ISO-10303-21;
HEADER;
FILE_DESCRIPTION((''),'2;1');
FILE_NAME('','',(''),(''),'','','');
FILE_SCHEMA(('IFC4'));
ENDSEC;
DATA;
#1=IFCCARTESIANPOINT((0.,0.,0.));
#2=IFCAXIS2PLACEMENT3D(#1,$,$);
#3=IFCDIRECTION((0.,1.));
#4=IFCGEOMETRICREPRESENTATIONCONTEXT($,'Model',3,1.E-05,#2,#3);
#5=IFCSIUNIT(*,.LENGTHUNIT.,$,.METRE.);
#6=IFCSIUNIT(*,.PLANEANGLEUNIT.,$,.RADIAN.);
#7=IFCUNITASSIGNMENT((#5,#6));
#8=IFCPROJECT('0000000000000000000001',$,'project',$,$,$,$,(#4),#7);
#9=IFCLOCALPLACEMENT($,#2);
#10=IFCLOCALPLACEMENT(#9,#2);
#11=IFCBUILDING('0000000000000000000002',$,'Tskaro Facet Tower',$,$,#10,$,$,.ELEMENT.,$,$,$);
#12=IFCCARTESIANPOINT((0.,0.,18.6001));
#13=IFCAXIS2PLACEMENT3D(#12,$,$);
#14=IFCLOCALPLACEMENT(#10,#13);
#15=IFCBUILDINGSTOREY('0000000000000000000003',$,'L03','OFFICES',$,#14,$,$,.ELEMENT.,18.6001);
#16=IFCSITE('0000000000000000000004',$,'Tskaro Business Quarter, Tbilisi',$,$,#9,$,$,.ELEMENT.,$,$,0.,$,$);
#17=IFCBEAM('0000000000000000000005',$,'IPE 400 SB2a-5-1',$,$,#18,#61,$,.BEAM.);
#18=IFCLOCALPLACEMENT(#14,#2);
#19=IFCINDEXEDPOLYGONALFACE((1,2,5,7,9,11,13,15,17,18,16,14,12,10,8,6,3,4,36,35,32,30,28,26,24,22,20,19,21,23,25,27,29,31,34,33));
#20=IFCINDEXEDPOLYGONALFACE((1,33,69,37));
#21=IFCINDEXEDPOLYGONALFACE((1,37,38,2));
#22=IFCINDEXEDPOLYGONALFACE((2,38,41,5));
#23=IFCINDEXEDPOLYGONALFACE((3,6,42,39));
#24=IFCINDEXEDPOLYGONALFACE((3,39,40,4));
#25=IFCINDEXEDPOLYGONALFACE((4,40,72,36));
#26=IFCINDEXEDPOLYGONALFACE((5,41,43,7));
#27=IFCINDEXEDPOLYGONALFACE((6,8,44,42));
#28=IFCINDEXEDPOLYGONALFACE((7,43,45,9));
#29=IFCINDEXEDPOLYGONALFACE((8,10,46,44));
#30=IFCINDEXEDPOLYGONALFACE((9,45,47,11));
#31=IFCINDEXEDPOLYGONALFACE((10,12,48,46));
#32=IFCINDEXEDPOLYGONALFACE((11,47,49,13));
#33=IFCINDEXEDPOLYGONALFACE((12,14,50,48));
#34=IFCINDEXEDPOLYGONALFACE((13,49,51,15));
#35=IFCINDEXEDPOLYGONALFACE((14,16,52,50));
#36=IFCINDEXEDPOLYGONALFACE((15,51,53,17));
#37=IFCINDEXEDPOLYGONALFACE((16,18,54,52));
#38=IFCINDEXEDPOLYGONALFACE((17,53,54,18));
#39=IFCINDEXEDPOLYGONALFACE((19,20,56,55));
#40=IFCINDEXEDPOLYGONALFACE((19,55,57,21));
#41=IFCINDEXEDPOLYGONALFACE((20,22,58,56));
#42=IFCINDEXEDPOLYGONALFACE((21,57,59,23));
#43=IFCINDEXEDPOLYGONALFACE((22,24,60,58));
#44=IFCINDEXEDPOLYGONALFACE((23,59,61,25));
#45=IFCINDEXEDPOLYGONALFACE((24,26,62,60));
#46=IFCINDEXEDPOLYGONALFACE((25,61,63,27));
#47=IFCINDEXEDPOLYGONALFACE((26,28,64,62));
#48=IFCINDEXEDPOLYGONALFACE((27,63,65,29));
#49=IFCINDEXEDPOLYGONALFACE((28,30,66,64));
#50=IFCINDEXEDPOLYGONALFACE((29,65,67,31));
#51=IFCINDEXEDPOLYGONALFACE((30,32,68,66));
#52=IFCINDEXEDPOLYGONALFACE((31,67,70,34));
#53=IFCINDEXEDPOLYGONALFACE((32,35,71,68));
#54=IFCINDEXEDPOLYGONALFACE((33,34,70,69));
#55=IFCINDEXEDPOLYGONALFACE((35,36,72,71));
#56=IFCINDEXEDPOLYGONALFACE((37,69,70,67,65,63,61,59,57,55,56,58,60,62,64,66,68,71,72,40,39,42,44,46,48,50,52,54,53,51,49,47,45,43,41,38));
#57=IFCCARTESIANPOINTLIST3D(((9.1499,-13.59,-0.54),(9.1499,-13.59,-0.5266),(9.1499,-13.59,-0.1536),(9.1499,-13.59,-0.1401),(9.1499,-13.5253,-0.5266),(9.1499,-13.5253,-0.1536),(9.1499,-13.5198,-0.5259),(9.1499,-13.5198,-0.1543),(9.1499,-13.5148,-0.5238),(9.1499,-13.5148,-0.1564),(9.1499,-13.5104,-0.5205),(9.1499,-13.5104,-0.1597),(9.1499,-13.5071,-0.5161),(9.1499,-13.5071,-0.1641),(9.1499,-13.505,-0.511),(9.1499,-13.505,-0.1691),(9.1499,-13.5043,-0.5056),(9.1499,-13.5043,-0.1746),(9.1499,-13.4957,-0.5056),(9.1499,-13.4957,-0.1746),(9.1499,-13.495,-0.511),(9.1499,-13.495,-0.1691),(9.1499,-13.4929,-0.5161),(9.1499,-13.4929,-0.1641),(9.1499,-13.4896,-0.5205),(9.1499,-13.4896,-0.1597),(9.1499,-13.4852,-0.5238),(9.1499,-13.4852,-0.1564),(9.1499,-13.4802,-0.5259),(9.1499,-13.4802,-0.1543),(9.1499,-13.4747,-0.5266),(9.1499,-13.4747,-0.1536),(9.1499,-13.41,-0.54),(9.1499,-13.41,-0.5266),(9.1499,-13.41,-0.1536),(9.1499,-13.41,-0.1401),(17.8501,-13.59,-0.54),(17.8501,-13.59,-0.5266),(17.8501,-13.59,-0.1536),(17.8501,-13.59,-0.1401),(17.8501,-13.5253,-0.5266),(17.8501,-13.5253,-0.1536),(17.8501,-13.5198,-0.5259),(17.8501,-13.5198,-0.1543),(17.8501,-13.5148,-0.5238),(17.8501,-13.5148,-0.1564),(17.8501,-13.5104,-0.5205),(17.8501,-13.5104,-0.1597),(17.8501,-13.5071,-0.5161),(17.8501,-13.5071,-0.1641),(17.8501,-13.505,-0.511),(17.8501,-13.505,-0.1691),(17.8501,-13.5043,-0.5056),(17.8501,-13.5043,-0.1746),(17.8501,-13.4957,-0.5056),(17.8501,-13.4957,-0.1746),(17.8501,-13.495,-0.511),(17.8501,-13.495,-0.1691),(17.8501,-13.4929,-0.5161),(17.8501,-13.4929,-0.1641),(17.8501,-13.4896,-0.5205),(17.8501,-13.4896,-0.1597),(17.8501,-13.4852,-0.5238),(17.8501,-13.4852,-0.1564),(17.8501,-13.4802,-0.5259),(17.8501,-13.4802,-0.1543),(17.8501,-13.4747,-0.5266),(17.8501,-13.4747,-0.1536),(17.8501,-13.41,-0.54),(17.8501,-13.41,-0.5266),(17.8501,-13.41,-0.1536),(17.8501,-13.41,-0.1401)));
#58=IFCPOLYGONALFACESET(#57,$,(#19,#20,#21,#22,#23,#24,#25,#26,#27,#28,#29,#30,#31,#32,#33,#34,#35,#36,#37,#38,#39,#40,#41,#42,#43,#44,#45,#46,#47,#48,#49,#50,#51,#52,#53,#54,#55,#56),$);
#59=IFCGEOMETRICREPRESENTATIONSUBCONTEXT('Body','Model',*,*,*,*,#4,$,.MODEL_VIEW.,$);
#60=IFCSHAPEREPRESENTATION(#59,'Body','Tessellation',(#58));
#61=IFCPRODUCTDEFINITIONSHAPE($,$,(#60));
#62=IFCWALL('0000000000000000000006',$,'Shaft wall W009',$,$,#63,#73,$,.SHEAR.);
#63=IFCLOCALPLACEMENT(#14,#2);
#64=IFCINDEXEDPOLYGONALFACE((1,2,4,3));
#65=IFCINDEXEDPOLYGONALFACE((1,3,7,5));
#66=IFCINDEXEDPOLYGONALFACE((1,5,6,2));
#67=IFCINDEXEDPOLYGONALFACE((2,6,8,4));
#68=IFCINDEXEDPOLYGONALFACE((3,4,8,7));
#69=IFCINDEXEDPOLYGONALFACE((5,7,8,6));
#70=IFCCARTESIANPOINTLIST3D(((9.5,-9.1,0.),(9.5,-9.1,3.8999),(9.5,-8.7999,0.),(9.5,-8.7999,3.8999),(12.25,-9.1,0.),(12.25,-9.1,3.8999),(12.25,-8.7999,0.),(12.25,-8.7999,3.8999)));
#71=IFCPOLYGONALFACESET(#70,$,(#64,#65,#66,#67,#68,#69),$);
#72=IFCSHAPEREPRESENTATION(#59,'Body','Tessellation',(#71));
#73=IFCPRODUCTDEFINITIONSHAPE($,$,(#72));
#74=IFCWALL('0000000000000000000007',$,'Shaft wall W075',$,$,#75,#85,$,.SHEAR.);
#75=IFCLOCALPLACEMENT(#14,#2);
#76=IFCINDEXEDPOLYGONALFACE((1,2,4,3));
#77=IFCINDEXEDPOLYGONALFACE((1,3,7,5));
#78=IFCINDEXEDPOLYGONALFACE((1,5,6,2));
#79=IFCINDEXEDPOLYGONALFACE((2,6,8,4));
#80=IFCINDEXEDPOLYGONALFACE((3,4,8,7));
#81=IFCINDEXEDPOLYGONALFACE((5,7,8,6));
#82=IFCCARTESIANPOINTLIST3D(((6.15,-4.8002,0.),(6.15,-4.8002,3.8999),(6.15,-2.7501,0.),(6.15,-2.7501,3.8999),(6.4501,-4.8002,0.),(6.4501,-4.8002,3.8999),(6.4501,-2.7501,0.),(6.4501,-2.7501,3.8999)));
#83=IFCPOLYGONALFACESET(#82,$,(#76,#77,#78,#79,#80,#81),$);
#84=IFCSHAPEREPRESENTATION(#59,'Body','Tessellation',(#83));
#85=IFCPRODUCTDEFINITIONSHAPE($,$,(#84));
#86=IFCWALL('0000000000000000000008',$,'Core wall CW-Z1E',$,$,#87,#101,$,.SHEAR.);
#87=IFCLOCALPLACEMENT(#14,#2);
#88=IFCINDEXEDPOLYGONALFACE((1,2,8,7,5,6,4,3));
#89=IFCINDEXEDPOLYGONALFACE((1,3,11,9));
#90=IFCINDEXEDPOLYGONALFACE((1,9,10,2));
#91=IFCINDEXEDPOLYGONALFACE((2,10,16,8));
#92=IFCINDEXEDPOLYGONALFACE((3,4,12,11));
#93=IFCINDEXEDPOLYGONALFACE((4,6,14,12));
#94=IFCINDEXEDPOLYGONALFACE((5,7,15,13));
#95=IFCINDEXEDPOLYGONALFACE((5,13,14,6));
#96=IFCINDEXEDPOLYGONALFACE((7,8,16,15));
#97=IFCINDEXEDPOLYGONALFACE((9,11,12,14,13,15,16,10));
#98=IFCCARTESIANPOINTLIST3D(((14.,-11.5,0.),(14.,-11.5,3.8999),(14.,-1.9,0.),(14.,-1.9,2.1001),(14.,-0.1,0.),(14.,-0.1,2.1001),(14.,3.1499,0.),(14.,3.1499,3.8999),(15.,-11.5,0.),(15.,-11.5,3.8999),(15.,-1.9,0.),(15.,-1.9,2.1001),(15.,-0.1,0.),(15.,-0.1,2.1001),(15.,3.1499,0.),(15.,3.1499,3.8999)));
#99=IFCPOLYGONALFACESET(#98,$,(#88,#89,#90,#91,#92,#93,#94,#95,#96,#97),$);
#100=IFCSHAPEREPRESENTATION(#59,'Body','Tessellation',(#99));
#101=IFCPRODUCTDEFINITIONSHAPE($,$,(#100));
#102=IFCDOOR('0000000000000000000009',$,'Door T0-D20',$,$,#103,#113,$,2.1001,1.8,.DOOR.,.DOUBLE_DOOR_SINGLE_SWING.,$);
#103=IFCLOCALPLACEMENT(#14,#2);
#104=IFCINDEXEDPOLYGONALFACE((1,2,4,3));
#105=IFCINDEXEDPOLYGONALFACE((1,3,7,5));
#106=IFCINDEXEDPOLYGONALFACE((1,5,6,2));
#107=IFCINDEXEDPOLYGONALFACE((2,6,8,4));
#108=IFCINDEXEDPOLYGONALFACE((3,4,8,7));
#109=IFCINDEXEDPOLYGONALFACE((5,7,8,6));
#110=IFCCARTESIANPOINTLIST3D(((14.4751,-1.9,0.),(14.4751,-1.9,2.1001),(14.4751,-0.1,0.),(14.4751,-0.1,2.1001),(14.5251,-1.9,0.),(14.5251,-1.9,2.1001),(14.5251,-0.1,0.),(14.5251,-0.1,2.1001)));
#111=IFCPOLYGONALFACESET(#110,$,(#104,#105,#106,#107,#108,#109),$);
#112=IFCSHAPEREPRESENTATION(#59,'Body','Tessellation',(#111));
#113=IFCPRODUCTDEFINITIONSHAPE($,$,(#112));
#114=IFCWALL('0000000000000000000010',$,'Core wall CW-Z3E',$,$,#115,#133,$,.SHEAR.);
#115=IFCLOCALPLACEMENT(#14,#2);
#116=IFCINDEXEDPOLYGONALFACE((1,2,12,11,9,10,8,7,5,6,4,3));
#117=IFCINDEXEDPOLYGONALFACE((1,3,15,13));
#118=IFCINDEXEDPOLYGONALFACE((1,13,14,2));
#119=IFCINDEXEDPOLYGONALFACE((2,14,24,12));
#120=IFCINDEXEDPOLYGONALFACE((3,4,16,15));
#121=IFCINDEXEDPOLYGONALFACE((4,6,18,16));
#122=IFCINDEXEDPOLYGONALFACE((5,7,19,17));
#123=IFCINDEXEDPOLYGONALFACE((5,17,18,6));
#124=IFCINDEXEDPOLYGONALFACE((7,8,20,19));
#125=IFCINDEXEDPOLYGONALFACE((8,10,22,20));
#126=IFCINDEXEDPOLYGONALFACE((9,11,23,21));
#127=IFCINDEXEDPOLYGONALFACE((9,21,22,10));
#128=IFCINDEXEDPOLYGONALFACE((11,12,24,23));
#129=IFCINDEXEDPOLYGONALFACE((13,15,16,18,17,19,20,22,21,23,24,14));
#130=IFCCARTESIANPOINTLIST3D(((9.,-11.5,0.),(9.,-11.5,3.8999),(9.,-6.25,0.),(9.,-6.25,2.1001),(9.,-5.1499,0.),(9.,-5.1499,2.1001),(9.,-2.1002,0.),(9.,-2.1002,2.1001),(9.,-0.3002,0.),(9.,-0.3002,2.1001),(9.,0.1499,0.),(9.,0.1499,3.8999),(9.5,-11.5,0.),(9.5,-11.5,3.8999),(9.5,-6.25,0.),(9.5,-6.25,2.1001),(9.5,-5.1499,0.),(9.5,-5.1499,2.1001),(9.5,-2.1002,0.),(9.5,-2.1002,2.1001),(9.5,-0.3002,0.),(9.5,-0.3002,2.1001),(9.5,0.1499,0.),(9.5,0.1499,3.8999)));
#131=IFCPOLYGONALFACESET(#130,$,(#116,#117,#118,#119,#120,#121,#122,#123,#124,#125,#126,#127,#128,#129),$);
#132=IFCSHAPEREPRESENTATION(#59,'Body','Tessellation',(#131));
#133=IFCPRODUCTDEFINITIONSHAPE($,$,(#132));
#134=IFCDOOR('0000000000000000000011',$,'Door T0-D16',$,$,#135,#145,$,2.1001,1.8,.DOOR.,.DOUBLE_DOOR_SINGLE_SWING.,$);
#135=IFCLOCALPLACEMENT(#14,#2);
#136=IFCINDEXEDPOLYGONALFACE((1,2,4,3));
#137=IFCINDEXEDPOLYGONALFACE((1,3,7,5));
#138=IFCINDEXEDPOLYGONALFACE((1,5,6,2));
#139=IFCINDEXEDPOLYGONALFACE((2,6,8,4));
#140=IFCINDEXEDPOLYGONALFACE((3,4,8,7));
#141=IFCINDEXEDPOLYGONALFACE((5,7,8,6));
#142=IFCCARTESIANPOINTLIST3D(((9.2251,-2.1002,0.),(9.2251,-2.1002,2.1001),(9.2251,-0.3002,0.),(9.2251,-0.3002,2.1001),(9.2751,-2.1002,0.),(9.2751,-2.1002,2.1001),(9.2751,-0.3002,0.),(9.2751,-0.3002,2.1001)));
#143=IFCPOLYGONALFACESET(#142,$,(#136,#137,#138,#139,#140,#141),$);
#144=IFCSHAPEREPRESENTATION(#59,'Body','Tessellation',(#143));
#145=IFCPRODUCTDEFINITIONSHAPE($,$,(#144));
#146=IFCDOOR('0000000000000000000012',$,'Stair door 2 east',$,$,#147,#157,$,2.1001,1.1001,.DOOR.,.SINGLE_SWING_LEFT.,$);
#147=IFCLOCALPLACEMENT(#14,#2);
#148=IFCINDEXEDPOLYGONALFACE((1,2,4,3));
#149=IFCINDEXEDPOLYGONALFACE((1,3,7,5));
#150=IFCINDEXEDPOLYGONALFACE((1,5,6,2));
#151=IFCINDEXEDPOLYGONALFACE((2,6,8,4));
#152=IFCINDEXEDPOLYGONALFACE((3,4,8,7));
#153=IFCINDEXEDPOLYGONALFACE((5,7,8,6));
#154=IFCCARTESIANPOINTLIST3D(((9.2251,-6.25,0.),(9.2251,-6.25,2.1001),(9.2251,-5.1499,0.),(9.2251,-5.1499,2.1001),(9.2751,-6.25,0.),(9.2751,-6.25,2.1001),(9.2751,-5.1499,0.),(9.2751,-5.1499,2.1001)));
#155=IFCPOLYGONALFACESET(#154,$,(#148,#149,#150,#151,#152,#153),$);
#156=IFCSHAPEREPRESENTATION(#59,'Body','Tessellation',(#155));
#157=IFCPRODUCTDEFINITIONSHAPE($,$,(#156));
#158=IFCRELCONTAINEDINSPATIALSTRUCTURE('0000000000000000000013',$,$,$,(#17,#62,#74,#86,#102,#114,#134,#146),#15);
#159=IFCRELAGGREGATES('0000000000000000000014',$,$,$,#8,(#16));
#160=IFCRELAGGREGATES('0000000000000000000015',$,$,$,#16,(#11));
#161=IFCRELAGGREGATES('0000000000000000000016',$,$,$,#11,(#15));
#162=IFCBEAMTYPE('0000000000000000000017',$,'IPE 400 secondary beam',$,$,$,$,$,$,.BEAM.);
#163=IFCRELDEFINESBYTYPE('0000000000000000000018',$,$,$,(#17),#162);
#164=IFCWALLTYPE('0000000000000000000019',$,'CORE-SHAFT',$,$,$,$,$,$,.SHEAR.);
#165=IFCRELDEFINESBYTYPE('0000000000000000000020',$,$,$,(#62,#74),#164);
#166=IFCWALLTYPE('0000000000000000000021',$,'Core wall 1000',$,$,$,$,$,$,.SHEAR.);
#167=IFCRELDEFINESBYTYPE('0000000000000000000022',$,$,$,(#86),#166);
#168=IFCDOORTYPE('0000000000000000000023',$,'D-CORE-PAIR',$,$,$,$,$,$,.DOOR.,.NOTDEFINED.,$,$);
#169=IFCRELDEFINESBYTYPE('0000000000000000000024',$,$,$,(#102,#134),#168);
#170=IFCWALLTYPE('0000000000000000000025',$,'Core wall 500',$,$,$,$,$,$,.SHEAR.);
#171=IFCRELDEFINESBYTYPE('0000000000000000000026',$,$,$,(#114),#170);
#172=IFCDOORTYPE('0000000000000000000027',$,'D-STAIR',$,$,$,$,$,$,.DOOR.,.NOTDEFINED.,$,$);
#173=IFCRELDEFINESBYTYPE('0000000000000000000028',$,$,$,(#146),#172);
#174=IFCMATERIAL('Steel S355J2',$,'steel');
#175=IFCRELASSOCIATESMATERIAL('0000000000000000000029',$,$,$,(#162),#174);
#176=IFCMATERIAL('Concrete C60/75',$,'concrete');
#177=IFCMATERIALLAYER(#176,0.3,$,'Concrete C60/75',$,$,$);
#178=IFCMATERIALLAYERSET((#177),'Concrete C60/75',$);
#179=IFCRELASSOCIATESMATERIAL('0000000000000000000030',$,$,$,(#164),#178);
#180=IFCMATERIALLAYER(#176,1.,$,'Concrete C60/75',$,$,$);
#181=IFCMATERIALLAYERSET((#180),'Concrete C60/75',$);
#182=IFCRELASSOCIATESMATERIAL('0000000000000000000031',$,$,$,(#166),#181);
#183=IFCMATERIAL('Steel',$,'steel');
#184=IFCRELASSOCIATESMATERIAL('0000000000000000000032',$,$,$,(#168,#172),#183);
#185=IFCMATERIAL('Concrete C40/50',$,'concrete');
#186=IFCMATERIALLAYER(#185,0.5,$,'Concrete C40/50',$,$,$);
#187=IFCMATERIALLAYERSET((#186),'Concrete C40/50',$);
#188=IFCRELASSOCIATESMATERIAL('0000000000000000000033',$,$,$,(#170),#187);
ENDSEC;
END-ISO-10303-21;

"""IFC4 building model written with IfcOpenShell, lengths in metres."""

from ifc_helpers import new_model, si_unit, direction, frame, frame_2d, origin, origin_2d, place, context, subcontext, project, spatial, rectangle, i_section, extrude, material, layer, layer_set, material_profile, profile_set, type_object, element, fill, save


model = new_model("IFC4")

# Units and contexts
model_context = context("Model", 3, precision=1e-05, world=origin(), true_north=direction((0.0, 1.0)))
body_context = subcontext(model_context, "Body", "Model", "MODEL_VIEW")
ifc_project = project(units=[si_unit("LENGTHUNIT", "METRE"), si_unit("PLANEANGLEUNIT", "RADIAN")], contexts=[model_context])

# Site, building, storey
site_placement = place(None, origin())
site = spatial("IfcSite", under=ifc_project, at=site_placement, Name="Tskaro Business Quarter, Tbilisi", CompositionType="ELEMENT", RefElevation=0.0)
building_placement = place(site_placement, origin())
building = spatial("IfcBuilding", under=site, at=building_placement, Name="Tskaro Facet Tower", CompositionType="ELEMENT")
storey_placement = place(building_placement, frame((0.0, 0.0, 18.6001)))
storey = spatial("IfcBuildingStorey", under=building, at=storey_placement, Name="L03", Description="OFFICES", CompositionType="ELEMENT", Elevation=18.6001)

# Beam
ifc_material_1 = material(Name="Steel S355J2", Category="steel")
ifc_material_profile = material_profile(ifc_material_1, i_section(OverallWidth=0.1799, OverallDepth=0.3999, WebThickness=0.0085, FlangeThickness=0.0134, FilletRadius=0.021, at=origin_2d()), Name="IPE 400")
ifc_profile_set = profile_set([ifc_material_profile], Name="Steel S355J2")
beam_type = type_object("IfcBeamType", Name="IPE 400 secondary beam", PredefinedType="BEAM", material=ifc_profile_set)
beam_placement = place(storey_placement, frame((9.1499, -13.5, -0.3401), z_axis=(1.0, 0.0, 0.0), x_axis=(0.0, 1.0, 0.0)))
element("IfcBeam", 1, at=beam_placement, inside=storey, type_object=beam_type, Name="IPE 400 SB2a-5-1", PredefinedType="BEAM", context=body_context, shape_type="SweptSolid", body=[
    extrude(i_section(OverallWidth=0.1799, OverallDepth=0.3999, WebThickness=0.0085, FlangeThickness=0.0134, FilletRadius=0.021, at=origin_2d()), origin(), (0.0, 0.0, 1.0), 8.7002),
])

# Walls
ifc_material_2 = material(Name="Concrete C60/75", Category="concrete")
ifc_layer_1 = layer(ifc_material_2, 0.3, Name="Concrete C60/75")
ifc_layer_set_1 = layer_set([ifc_layer_1], Name="Concrete C60/75")
wall_type_1 = type_object("IfcWallType", Name="CORE-SHAFT", PredefinedType="SHEAR", material=ifc_layer_set_1)
wall_1_placement = place(storey_placement, frame((9.5, -8.95, 0.0), z_axis=(0.0, 0.0, 1.0), x_axis=(1.0, 0.0, 0.0)))
element("IfcWall", 2, at=wall_1_placement, inside=storey, type_object=wall_type_1, Name="Shaft wall W009", PredefinedType="SHEAR", context=body_context, shape_type="SweptSolid", body=[
    extrude(rectangle(XDim=2.75, YDim=0.3, at=frame_2d((1.375, 0.0))), origin(), (0.0, 0.0, 1.0), 3.8999),
])
wall_2_placement = place(storey_placement, frame((6.3, -4.8, 0.0), z_axis=(0.0, 0.0, 1.0), x_axis=(0.0, 1.0, 0.0)))
element("IfcWall", 3, at=wall_2_placement, inside=storey, type_object=wall_type_1, Name="Shaft wall W075", PredefinedType="SHEAR", context=body_context, shape_type="SweptSolid", body=[
    extrude(rectangle(XDim=2.05, YDim=0.3, at=frame_2d((1.0249, 0.0))), origin(), (0.0, 0.0, 1.0), 3.8999),
])

# Wall, opening, door
ifc_layer_2 = layer(ifc_material_2, 1.0, Name="Concrete C60/75")
ifc_layer_set_2 = layer_set([ifc_layer_2], Name="Concrete C60/75")
wall_type_2 = type_object("IfcWallType", Name="Core wall 1000", PredefinedType="SHEAR", material=ifc_layer_set_2)
wall_3_placement = place(storey_placement, frame((14.5, -11.5, 0.0), z_axis=(0.0, 0.0, 1.0), x_axis=(0.0, 1.0, 0.0)))
wall_3 = element("IfcWall", 4, at=wall_3_placement, inside=storey, type_object=wall_type_2, Name="Core wall CW-Z1E", PredefinedType="SHEAR", context=body_context, shape_type="SweptSolid", body=[
    extrude(rectangle(XDim=14.6499, YDim=1.0, at=frame_2d((7.325, 0.0))), origin(), (0.0, 0.0, 1.0), 3.8999),
])
opening_1_placement = place(wall_3_placement, frame((9.6001, 0.0, 0.0)))
opening_1 = element("IfcOpeningElement", 5, at=opening_1_placement, cuts=wall_3, PredefinedType="OPENING", context=body_context, shape_type="SweptSolid", body=[
    extrude(rectangle(XDim=1.8, YDim=2.1001, at=frame_2d((0.8999, 1.05))), frame((0.0, 0.51, 0.0), z_axis=(0.0, -1.0, 0.0), x_axis=(1.0, 0.0, 0.0)), (0.0, 0.0, 1.0), 1.02),
])
ifc_material_3 = material(Name="Steel", Category="steel")
door_type_1 = type_object("IfcDoorType", Name="D-CORE-PAIR", OperationType="NOTDEFINED", PredefinedType="DOOR", material=ifc_material_3)
door_1_placement = place(opening_1_placement, origin())
door_1 = element("IfcDoor", 6, at=door_1_placement, inside=storey, type_object=door_type_1, Name="Door T0-D20", OperationType="DOUBLE_DOOR_SINGLE_SWING", OverallHeight=2.1001, OverallWidth=1.8, PredefinedType="DOOR", context=body_context, shape_type="SweptSolid", body=[
    extrude(rectangle(XDim=1.8, YDim=2.1001, at=frame_2d((0.8999, 1.05))), frame((0.0, 0.0249, 0.0), z_axis=(0.0, -1.0, 0.0), x_axis=(1.0, 0.0, 0.0)), (0.0, 0.0, 1.0), 0.05),
])
fill(opening_1, door_1)

# Wall, openings, doors
ifc_material_4 = material(Name="Concrete C40/50", Category="concrete")
ifc_layer_3 = layer(ifc_material_4, 0.5, Name="Concrete C40/50")
ifc_layer_set_3 = layer_set([ifc_layer_3], Name="Concrete C40/50")
wall_type_3 = type_object("IfcWallType", Name="Core wall 500", PredefinedType="SHEAR", material=ifc_layer_set_3)
wall_4_placement = place(storey_placement, frame((9.25, -11.5, 0.0), z_axis=(0.0, 0.0, 1.0), x_axis=(0.0, 1.0, 0.0)))
wall_4 = element("IfcWall", 7, at=wall_4_placement, inside=storey, type_object=wall_type_3, Name="Core wall CW-Z3E", PredefinedType="SHEAR", context=body_context, shape_type="SweptSolid", body=[
    extrude(rectangle(XDim=11.6499, YDim=0.5, at=frame_2d((5.825, 0.0))), origin(), (0.0, 0.0, 1.0), 3.8999),
])
opening_2_placement = place(wall_4_placement, frame((9.3999, 0.0, 0.0)))
opening_2 = element("IfcOpeningElement", 8, at=opening_2_placement, cuts=wall_4, PredefinedType="OPENING", context=body_context, shape_type="SweptSolid", body=[
    extrude(rectangle(XDim=1.8, YDim=2.1001, at=frame_2d((0.8999, 1.05))), frame((0.0, 0.26, 0.0), z_axis=(0.0, -1.0, 0.0), x_axis=(1.0, 0.0, 0.0)), (0.0, 0.0, 1.0), 0.52),
])
opening_3_placement = place(wall_4_placement, frame((5.25, 0.0, 0.0)))
opening_3 = element("IfcOpeningElement", 9, at=opening_3_placement, cuts=wall_4, PredefinedType="OPENING", context=body_context, shape_type="SweptSolid", body=[
    extrude(rectangle(XDim=1.1001, YDim=2.1001, at=frame_2d((0.55, 1.05))), frame((0.0, 0.26, 0.0), z_axis=(0.0, -1.0, 0.0), x_axis=(1.0, 0.0, 0.0)), (0.0, 0.0, 1.0), 0.52),
])
door_2_placement = place(opening_2_placement, origin())
door_2 = element("IfcDoor", 10, at=door_2_placement, inside=storey, type_object=door_type_1, Name="Door T0-D16", OperationType="DOUBLE_DOOR_SINGLE_SWING", OverallHeight=2.1001, OverallWidth=1.8, PredefinedType="DOOR", context=body_context, shape_type="SweptSolid", body=[
    extrude(rectangle(XDim=1.8, YDim=2.1001, at=frame_2d((0.8999, 1.05))), frame((0.0, 0.0249, 0.0), z_axis=(0.0, -1.0, 0.0), x_axis=(1.0, 0.0, 0.0)), (0.0, 0.0, 1.0), 0.05),
])
fill(opening_2, door_2)
door_type_2 = type_object("IfcDoorType", Name="D-STAIR", OperationType="NOTDEFINED", PredefinedType="DOOR", material=ifc_material_3)
door_3_placement = place(opening_3_placement, origin())
door_3 = element("IfcDoor", 11, at=door_3_placement, inside=storey, type_object=door_type_2, Name="Stair door 2 east", OperationType="SINGLE_SWING_LEFT", OverallHeight=2.1001, OverallWidth=1.1001, PredefinedType="DOOR", context=body_context, shape_type="SweptSolid", body=[
    extrude(rectangle(XDim=1.1001, YDim=2.1001, at=frame_2d((0.55, 1.05))), frame((0.0, 0.0249, 0.0), z_axis=(0.0, -1.0, 0.0), x_axis=(1.0, 0.0, 0.0)), (0.0, 0.0, 1.0), 0.05),
])
fill(opening_3, door_3)

save(model, "model.ifc")
